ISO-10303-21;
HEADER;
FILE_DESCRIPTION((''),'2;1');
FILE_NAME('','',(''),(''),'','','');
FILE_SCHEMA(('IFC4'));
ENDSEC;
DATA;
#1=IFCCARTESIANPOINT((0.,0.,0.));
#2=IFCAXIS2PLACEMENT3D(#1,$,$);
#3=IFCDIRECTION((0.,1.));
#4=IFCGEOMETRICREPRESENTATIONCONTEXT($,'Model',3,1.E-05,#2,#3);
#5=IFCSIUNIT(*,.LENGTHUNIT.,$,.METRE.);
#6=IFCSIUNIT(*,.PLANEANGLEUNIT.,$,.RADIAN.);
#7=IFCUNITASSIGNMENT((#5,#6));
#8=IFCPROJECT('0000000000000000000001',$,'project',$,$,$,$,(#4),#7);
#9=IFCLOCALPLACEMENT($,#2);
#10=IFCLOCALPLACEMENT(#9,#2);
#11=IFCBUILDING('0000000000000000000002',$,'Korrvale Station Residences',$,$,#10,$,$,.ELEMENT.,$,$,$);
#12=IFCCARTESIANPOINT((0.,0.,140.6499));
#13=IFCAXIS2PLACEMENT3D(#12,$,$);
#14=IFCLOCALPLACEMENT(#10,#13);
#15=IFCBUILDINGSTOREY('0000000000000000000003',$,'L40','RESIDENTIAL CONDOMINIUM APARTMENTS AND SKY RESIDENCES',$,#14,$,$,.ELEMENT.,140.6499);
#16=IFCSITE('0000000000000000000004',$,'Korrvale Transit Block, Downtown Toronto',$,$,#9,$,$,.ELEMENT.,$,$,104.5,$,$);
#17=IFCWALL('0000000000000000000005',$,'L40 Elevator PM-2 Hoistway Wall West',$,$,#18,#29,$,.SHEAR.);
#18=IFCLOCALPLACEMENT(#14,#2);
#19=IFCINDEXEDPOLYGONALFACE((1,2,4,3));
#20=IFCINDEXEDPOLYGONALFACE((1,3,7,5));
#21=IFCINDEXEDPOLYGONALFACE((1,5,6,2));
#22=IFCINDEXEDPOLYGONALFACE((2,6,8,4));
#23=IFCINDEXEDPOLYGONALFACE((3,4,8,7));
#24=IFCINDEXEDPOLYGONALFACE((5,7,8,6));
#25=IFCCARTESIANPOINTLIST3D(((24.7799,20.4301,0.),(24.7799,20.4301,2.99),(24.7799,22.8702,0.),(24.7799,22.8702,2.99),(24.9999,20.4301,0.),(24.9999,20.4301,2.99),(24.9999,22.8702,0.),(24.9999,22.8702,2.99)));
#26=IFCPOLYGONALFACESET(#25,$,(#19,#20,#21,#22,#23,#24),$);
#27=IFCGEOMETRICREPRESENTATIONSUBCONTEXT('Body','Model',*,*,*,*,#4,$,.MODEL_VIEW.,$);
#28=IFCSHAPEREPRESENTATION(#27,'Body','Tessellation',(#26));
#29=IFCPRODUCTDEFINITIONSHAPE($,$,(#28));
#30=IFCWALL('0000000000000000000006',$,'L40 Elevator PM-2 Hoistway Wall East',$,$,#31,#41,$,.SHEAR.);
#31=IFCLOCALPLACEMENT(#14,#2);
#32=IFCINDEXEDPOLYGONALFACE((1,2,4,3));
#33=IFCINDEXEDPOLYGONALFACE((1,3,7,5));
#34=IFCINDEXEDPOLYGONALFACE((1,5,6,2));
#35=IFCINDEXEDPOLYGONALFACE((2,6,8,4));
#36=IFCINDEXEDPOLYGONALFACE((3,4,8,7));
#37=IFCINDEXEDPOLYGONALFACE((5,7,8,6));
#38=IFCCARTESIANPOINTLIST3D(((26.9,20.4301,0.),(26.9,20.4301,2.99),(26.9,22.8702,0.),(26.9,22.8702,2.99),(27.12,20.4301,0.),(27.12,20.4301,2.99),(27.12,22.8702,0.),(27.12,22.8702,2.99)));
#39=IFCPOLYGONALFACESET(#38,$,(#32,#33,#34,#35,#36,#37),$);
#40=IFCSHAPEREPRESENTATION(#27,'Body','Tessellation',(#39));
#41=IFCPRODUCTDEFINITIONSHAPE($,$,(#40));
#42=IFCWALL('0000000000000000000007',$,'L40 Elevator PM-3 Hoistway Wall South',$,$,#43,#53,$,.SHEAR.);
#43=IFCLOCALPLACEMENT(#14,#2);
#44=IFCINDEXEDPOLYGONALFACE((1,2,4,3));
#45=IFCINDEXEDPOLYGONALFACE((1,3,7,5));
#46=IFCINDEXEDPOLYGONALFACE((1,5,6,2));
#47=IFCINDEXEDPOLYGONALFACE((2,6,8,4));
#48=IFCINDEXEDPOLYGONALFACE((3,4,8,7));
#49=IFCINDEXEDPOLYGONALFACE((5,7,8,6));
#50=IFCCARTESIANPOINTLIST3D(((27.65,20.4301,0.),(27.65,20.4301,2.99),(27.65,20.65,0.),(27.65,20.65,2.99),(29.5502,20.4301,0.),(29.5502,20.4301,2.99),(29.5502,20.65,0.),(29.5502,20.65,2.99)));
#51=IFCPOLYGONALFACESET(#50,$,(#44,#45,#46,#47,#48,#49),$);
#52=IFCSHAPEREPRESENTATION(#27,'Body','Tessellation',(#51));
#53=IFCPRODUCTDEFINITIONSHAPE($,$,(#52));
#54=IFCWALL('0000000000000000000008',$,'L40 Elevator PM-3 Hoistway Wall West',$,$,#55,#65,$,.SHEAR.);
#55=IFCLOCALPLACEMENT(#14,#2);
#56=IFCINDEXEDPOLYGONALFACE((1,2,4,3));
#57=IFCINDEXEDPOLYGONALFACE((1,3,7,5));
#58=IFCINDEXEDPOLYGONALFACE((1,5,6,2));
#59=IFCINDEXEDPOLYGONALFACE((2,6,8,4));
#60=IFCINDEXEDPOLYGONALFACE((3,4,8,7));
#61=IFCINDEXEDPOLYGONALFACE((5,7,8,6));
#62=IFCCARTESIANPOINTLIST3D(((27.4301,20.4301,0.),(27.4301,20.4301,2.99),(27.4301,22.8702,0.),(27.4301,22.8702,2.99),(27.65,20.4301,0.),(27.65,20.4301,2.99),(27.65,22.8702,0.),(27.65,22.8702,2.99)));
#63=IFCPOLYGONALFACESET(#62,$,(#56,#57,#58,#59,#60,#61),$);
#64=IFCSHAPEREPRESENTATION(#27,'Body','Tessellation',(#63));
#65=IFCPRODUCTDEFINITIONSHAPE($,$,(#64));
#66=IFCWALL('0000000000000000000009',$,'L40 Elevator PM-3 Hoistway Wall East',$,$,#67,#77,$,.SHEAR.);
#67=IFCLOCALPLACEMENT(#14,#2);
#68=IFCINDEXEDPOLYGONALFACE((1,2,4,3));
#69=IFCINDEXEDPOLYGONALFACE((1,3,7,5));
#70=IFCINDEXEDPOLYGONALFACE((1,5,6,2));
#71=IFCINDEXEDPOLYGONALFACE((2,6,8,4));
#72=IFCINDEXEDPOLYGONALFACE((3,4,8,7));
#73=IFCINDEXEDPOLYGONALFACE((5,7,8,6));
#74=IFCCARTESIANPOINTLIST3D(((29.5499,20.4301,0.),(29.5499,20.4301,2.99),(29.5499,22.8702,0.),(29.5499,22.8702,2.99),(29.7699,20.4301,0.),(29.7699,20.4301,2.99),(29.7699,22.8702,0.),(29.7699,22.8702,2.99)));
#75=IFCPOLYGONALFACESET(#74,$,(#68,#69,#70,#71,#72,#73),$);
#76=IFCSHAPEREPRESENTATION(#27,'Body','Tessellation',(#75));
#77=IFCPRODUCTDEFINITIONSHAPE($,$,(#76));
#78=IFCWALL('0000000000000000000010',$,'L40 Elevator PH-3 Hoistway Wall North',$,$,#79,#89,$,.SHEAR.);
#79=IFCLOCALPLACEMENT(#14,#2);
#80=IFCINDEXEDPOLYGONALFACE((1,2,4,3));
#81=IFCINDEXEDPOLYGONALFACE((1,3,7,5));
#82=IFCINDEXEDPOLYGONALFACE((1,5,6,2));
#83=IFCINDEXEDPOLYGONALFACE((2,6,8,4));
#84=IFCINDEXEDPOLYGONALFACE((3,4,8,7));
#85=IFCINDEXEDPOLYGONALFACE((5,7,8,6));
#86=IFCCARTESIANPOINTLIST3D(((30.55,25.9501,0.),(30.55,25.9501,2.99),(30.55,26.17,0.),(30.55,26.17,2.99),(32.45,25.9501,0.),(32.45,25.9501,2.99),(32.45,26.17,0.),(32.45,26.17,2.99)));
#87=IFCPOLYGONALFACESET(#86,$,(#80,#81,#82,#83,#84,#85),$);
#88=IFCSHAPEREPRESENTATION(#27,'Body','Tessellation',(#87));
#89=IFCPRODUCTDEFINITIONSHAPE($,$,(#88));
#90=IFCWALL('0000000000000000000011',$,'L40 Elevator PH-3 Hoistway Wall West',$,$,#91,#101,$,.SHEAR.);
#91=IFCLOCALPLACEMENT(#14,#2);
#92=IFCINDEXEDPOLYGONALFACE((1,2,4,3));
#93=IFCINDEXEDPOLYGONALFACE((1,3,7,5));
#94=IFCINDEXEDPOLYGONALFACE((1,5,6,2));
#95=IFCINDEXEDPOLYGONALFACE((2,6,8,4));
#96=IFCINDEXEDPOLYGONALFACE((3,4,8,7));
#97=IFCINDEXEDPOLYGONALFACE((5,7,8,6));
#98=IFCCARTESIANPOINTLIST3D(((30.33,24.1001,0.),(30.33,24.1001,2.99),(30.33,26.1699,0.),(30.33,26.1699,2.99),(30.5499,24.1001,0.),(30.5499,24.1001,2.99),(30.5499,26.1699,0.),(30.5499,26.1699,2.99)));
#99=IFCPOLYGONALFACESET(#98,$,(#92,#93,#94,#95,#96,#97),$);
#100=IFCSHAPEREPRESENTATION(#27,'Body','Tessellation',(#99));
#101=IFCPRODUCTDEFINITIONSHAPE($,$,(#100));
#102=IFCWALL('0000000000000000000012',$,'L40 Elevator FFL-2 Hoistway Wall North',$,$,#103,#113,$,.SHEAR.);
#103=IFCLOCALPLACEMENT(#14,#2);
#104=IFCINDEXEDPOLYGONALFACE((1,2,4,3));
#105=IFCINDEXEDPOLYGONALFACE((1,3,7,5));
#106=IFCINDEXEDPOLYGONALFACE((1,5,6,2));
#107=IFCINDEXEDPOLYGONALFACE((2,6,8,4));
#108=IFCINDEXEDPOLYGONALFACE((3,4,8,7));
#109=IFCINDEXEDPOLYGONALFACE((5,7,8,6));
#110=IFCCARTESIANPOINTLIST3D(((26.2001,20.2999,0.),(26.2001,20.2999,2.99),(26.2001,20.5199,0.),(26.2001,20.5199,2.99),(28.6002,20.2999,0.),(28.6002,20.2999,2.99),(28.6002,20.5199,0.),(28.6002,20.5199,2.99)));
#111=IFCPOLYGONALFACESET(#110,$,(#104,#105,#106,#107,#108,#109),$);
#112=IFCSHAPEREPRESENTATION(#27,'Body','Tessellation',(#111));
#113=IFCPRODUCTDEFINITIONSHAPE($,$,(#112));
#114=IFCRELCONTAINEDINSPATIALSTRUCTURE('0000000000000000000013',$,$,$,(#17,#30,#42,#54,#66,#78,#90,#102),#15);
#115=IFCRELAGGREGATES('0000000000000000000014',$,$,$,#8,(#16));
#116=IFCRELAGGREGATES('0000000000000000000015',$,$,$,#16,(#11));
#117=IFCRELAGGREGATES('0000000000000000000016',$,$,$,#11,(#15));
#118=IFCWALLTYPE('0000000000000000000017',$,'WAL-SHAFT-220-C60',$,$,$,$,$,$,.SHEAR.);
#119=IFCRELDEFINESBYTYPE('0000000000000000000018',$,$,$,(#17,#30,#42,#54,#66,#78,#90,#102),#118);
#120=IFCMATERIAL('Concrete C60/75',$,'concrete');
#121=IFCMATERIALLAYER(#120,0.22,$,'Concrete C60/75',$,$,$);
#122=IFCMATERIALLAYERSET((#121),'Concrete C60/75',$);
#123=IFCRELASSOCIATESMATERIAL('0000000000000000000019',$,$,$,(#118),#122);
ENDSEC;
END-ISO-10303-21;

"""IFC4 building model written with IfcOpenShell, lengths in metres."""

from ifc_helpers import new_model, si_unit, direction, frame, frame_2d, origin, place, context, subcontext, project, spatial, rectangle, extrude, material, layer, layer_set, type_object, element, save


model = new_model("IFC4")

# Units and contexts
model_context = context("Model", 3, precision=1e-05, world=origin(), true_north=direction((0.0, 1.0)))
body_context = subcontext(model_context, "Body", "Model", "MODEL_VIEW")
ifc_project = project(units=[si_unit("LENGTHUNIT", "METRE"), si_unit("PLANEANGLEUNIT", "RADIAN")], contexts=[model_context])

# Site, building, storey
site_placement = place(None, origin())
site = spatial("IfcSite", under=ifc_project, at=site_placement, Name="Korrvale Transit Block, Downtown Toronto", CompositionType="ELEMENT", RefElevation=104.5)
building_placement = place(site_placement, origin())
building = spatial("IfcBuilding", under=site, at=building_placement, Name="Korrvale Station Residences", CompositionType="ELEMENT")
storey_placement = place(building_placement, frame((0.0, 0.0, 140.6499)))
storey = spatial("IfcBuildingStorey", under=building, at=storey_placement, Name="L40", Description="RESIDENTIAL CONDOMINIUM APARTMENTS AND SKY RESIDENCES", CompositionType="ELEMENT", Elevation=140.6499)

# Shared definitions
ifc_material_1 = material(Name="Concrete C60/75", Category="concrete")

# Shared definitions
ifc_layer_1 = layer(ifc_material_1, 0.22, Name="Concrete C60/75")
ifc_layer_set_1 = layer_set([ifc_layer_1], Name="Concrete C60/75")
wall_type_1 = type_object("IfcWallType", Name="WAL-SHAFT-220-C60", PredefinedType="SHEAR", material=ifc_layer_set_1)

# Walls
for number, where, z_axis, x_axis, name in (
    (1, (24.8899, 20.4299, 0.0), (0.0, 0.0, 1.0), (0.0, 1.0, 0.0), "L40 Elevator PM-2 Hoistway Wall West"),
    (2, (27.01, 20.4299, 0.0), (0.0, 0.0, 1.0), (0.0, 1.0, 0.0), "L40 Elevator PM-2 Hoistway Wall East"),
):
    element("IfcWall", number, at=place(storey_placement, frame(where, z_axis=z_axis, x_axis=x_axis)), inside=storey, type_object=wall_type_1, Name=name, PredefinedType="SHEAR", context=body_context, shape_type="SweptSolid", body=[
        extrude(rectangle(XDim=2.4402, YDim=0.22, at=frame_2d((1.2202, 0.0))), origin(), (0.0, 0.0, 1.0), 2.99),
    ])
wall_1_placement = place(storey_placement, frame((27.6499, 20.54, 0.0), z_axis=(0.0, 0.0, 1.0), x_axis=(1.0, 0.0, 0.0)))
element("IfcWall", 3, at=wall_1_placement, inside=storey, type_object=wall_type_1, Name="L40 Elevator PM-3 Hoistway Wall South", PredefinedType="SHEAR", context=body_context, shape_type="SweptSolid", body=[
    extrude(rectangle(XDim=1.9001, YDim=0.22, at=frame_2d((0.9502, 0.0))), origin(), (0.0, 0.0, 1.0), 2.99),
])

# Walls
for number, where, z_axis, x_axis, name in (
    (4, (27.54, 20.4299, 0.0), (0.0, 0.0, 1.0), (0.0, 1.0, 0.0), "L40 Elevator PM-3 Hoistway Wall West"),
    (5, (29.6599, 20.4299, 0.0), (0.0, 0.0, 1.0), (0.0, 1.0, 0.0), "L40 Elevator PM-3 Hoistway Wall East"),
):
    element("IfcWall", number, at=place(storey_placement, frame(where, z_axis=z_axis, x_axis=x_axis)), inside=storey, type_object=wall_type_1, Name=name, PredefinedType="SHEAR", context=body_context, shape_type="SweptSolid", body=[
        extrude(rectangle(XDim=2.4402, YDim=0.22, at=frame_2d((1.2202, 0.0))), origin(), (0.0, 0.0, 1.0), 2.99),
    ])
wall_2_placement = place(storey_placement, frame((30.55, 26.0601, 0.0), z_axis=(0.0, 0.0, 1.0), x_axis=(1.0, 0.0, 0.0)))
element("IfcWall", 6, at=wall_2_placement, inside=storey, type_object=wall_type_1, Name="L40 Elevator PH-3 Hoistway Wall North", PredefinedType="SHEAR", context=body_context, shape_type="SweptSolid", body=[
    extrude(rectangle(XDim=1.8999, YDim=0.22, at=frame_2d((0.95, 0.0))), origin(), (0.0, 0.0, 1.0), 2.99),
])
wall_3_placement = place(storey_placement, frame((30.4399, 24.1001, 0.0), z_axis=(0.0, 0.0, 1.0), x_axis=(0.0, 1.0, 0.0)))
element("IfcWall", 7, at=wall_3_placement, inside=storey, type_object=wall_type_1, Name="L40 Elevator PH-3 Hoistway Wall West", PredefinedType="SHEAR", context=body_context, shape_type="SweptSolid", body=[
    extrude(rectangle(XDim=2.0698, YDim=0.22, at=frame_2d((1.0349, 0.0))), origin(), (0.0, 0.0, 1.0), 2.99),
])
wall_4_placement = place(storey_placement, frame((26.2, 20.4099, 0.0), z_axis=(0.0, 0.0, 1.0), x_axis=(1.0, 0.0, 0.0)))
element("IfcWall", 8, at=wall_4_placement, inside=storey, type_object=wall_type_1, Name="L40 Elevator FFL-2 Hoistway Wall North", PredefinedType="SHEAR", context=body_context, shape_type="SweptSolid", body=[
    extrude(rectangle(XDim=2.4001, YDim=0.22, at=frame_2d((1.2002, 0.0))), origin(), (0.0, 0.0, 1.0), 2.99),
])

save(model, "model.ifc")
